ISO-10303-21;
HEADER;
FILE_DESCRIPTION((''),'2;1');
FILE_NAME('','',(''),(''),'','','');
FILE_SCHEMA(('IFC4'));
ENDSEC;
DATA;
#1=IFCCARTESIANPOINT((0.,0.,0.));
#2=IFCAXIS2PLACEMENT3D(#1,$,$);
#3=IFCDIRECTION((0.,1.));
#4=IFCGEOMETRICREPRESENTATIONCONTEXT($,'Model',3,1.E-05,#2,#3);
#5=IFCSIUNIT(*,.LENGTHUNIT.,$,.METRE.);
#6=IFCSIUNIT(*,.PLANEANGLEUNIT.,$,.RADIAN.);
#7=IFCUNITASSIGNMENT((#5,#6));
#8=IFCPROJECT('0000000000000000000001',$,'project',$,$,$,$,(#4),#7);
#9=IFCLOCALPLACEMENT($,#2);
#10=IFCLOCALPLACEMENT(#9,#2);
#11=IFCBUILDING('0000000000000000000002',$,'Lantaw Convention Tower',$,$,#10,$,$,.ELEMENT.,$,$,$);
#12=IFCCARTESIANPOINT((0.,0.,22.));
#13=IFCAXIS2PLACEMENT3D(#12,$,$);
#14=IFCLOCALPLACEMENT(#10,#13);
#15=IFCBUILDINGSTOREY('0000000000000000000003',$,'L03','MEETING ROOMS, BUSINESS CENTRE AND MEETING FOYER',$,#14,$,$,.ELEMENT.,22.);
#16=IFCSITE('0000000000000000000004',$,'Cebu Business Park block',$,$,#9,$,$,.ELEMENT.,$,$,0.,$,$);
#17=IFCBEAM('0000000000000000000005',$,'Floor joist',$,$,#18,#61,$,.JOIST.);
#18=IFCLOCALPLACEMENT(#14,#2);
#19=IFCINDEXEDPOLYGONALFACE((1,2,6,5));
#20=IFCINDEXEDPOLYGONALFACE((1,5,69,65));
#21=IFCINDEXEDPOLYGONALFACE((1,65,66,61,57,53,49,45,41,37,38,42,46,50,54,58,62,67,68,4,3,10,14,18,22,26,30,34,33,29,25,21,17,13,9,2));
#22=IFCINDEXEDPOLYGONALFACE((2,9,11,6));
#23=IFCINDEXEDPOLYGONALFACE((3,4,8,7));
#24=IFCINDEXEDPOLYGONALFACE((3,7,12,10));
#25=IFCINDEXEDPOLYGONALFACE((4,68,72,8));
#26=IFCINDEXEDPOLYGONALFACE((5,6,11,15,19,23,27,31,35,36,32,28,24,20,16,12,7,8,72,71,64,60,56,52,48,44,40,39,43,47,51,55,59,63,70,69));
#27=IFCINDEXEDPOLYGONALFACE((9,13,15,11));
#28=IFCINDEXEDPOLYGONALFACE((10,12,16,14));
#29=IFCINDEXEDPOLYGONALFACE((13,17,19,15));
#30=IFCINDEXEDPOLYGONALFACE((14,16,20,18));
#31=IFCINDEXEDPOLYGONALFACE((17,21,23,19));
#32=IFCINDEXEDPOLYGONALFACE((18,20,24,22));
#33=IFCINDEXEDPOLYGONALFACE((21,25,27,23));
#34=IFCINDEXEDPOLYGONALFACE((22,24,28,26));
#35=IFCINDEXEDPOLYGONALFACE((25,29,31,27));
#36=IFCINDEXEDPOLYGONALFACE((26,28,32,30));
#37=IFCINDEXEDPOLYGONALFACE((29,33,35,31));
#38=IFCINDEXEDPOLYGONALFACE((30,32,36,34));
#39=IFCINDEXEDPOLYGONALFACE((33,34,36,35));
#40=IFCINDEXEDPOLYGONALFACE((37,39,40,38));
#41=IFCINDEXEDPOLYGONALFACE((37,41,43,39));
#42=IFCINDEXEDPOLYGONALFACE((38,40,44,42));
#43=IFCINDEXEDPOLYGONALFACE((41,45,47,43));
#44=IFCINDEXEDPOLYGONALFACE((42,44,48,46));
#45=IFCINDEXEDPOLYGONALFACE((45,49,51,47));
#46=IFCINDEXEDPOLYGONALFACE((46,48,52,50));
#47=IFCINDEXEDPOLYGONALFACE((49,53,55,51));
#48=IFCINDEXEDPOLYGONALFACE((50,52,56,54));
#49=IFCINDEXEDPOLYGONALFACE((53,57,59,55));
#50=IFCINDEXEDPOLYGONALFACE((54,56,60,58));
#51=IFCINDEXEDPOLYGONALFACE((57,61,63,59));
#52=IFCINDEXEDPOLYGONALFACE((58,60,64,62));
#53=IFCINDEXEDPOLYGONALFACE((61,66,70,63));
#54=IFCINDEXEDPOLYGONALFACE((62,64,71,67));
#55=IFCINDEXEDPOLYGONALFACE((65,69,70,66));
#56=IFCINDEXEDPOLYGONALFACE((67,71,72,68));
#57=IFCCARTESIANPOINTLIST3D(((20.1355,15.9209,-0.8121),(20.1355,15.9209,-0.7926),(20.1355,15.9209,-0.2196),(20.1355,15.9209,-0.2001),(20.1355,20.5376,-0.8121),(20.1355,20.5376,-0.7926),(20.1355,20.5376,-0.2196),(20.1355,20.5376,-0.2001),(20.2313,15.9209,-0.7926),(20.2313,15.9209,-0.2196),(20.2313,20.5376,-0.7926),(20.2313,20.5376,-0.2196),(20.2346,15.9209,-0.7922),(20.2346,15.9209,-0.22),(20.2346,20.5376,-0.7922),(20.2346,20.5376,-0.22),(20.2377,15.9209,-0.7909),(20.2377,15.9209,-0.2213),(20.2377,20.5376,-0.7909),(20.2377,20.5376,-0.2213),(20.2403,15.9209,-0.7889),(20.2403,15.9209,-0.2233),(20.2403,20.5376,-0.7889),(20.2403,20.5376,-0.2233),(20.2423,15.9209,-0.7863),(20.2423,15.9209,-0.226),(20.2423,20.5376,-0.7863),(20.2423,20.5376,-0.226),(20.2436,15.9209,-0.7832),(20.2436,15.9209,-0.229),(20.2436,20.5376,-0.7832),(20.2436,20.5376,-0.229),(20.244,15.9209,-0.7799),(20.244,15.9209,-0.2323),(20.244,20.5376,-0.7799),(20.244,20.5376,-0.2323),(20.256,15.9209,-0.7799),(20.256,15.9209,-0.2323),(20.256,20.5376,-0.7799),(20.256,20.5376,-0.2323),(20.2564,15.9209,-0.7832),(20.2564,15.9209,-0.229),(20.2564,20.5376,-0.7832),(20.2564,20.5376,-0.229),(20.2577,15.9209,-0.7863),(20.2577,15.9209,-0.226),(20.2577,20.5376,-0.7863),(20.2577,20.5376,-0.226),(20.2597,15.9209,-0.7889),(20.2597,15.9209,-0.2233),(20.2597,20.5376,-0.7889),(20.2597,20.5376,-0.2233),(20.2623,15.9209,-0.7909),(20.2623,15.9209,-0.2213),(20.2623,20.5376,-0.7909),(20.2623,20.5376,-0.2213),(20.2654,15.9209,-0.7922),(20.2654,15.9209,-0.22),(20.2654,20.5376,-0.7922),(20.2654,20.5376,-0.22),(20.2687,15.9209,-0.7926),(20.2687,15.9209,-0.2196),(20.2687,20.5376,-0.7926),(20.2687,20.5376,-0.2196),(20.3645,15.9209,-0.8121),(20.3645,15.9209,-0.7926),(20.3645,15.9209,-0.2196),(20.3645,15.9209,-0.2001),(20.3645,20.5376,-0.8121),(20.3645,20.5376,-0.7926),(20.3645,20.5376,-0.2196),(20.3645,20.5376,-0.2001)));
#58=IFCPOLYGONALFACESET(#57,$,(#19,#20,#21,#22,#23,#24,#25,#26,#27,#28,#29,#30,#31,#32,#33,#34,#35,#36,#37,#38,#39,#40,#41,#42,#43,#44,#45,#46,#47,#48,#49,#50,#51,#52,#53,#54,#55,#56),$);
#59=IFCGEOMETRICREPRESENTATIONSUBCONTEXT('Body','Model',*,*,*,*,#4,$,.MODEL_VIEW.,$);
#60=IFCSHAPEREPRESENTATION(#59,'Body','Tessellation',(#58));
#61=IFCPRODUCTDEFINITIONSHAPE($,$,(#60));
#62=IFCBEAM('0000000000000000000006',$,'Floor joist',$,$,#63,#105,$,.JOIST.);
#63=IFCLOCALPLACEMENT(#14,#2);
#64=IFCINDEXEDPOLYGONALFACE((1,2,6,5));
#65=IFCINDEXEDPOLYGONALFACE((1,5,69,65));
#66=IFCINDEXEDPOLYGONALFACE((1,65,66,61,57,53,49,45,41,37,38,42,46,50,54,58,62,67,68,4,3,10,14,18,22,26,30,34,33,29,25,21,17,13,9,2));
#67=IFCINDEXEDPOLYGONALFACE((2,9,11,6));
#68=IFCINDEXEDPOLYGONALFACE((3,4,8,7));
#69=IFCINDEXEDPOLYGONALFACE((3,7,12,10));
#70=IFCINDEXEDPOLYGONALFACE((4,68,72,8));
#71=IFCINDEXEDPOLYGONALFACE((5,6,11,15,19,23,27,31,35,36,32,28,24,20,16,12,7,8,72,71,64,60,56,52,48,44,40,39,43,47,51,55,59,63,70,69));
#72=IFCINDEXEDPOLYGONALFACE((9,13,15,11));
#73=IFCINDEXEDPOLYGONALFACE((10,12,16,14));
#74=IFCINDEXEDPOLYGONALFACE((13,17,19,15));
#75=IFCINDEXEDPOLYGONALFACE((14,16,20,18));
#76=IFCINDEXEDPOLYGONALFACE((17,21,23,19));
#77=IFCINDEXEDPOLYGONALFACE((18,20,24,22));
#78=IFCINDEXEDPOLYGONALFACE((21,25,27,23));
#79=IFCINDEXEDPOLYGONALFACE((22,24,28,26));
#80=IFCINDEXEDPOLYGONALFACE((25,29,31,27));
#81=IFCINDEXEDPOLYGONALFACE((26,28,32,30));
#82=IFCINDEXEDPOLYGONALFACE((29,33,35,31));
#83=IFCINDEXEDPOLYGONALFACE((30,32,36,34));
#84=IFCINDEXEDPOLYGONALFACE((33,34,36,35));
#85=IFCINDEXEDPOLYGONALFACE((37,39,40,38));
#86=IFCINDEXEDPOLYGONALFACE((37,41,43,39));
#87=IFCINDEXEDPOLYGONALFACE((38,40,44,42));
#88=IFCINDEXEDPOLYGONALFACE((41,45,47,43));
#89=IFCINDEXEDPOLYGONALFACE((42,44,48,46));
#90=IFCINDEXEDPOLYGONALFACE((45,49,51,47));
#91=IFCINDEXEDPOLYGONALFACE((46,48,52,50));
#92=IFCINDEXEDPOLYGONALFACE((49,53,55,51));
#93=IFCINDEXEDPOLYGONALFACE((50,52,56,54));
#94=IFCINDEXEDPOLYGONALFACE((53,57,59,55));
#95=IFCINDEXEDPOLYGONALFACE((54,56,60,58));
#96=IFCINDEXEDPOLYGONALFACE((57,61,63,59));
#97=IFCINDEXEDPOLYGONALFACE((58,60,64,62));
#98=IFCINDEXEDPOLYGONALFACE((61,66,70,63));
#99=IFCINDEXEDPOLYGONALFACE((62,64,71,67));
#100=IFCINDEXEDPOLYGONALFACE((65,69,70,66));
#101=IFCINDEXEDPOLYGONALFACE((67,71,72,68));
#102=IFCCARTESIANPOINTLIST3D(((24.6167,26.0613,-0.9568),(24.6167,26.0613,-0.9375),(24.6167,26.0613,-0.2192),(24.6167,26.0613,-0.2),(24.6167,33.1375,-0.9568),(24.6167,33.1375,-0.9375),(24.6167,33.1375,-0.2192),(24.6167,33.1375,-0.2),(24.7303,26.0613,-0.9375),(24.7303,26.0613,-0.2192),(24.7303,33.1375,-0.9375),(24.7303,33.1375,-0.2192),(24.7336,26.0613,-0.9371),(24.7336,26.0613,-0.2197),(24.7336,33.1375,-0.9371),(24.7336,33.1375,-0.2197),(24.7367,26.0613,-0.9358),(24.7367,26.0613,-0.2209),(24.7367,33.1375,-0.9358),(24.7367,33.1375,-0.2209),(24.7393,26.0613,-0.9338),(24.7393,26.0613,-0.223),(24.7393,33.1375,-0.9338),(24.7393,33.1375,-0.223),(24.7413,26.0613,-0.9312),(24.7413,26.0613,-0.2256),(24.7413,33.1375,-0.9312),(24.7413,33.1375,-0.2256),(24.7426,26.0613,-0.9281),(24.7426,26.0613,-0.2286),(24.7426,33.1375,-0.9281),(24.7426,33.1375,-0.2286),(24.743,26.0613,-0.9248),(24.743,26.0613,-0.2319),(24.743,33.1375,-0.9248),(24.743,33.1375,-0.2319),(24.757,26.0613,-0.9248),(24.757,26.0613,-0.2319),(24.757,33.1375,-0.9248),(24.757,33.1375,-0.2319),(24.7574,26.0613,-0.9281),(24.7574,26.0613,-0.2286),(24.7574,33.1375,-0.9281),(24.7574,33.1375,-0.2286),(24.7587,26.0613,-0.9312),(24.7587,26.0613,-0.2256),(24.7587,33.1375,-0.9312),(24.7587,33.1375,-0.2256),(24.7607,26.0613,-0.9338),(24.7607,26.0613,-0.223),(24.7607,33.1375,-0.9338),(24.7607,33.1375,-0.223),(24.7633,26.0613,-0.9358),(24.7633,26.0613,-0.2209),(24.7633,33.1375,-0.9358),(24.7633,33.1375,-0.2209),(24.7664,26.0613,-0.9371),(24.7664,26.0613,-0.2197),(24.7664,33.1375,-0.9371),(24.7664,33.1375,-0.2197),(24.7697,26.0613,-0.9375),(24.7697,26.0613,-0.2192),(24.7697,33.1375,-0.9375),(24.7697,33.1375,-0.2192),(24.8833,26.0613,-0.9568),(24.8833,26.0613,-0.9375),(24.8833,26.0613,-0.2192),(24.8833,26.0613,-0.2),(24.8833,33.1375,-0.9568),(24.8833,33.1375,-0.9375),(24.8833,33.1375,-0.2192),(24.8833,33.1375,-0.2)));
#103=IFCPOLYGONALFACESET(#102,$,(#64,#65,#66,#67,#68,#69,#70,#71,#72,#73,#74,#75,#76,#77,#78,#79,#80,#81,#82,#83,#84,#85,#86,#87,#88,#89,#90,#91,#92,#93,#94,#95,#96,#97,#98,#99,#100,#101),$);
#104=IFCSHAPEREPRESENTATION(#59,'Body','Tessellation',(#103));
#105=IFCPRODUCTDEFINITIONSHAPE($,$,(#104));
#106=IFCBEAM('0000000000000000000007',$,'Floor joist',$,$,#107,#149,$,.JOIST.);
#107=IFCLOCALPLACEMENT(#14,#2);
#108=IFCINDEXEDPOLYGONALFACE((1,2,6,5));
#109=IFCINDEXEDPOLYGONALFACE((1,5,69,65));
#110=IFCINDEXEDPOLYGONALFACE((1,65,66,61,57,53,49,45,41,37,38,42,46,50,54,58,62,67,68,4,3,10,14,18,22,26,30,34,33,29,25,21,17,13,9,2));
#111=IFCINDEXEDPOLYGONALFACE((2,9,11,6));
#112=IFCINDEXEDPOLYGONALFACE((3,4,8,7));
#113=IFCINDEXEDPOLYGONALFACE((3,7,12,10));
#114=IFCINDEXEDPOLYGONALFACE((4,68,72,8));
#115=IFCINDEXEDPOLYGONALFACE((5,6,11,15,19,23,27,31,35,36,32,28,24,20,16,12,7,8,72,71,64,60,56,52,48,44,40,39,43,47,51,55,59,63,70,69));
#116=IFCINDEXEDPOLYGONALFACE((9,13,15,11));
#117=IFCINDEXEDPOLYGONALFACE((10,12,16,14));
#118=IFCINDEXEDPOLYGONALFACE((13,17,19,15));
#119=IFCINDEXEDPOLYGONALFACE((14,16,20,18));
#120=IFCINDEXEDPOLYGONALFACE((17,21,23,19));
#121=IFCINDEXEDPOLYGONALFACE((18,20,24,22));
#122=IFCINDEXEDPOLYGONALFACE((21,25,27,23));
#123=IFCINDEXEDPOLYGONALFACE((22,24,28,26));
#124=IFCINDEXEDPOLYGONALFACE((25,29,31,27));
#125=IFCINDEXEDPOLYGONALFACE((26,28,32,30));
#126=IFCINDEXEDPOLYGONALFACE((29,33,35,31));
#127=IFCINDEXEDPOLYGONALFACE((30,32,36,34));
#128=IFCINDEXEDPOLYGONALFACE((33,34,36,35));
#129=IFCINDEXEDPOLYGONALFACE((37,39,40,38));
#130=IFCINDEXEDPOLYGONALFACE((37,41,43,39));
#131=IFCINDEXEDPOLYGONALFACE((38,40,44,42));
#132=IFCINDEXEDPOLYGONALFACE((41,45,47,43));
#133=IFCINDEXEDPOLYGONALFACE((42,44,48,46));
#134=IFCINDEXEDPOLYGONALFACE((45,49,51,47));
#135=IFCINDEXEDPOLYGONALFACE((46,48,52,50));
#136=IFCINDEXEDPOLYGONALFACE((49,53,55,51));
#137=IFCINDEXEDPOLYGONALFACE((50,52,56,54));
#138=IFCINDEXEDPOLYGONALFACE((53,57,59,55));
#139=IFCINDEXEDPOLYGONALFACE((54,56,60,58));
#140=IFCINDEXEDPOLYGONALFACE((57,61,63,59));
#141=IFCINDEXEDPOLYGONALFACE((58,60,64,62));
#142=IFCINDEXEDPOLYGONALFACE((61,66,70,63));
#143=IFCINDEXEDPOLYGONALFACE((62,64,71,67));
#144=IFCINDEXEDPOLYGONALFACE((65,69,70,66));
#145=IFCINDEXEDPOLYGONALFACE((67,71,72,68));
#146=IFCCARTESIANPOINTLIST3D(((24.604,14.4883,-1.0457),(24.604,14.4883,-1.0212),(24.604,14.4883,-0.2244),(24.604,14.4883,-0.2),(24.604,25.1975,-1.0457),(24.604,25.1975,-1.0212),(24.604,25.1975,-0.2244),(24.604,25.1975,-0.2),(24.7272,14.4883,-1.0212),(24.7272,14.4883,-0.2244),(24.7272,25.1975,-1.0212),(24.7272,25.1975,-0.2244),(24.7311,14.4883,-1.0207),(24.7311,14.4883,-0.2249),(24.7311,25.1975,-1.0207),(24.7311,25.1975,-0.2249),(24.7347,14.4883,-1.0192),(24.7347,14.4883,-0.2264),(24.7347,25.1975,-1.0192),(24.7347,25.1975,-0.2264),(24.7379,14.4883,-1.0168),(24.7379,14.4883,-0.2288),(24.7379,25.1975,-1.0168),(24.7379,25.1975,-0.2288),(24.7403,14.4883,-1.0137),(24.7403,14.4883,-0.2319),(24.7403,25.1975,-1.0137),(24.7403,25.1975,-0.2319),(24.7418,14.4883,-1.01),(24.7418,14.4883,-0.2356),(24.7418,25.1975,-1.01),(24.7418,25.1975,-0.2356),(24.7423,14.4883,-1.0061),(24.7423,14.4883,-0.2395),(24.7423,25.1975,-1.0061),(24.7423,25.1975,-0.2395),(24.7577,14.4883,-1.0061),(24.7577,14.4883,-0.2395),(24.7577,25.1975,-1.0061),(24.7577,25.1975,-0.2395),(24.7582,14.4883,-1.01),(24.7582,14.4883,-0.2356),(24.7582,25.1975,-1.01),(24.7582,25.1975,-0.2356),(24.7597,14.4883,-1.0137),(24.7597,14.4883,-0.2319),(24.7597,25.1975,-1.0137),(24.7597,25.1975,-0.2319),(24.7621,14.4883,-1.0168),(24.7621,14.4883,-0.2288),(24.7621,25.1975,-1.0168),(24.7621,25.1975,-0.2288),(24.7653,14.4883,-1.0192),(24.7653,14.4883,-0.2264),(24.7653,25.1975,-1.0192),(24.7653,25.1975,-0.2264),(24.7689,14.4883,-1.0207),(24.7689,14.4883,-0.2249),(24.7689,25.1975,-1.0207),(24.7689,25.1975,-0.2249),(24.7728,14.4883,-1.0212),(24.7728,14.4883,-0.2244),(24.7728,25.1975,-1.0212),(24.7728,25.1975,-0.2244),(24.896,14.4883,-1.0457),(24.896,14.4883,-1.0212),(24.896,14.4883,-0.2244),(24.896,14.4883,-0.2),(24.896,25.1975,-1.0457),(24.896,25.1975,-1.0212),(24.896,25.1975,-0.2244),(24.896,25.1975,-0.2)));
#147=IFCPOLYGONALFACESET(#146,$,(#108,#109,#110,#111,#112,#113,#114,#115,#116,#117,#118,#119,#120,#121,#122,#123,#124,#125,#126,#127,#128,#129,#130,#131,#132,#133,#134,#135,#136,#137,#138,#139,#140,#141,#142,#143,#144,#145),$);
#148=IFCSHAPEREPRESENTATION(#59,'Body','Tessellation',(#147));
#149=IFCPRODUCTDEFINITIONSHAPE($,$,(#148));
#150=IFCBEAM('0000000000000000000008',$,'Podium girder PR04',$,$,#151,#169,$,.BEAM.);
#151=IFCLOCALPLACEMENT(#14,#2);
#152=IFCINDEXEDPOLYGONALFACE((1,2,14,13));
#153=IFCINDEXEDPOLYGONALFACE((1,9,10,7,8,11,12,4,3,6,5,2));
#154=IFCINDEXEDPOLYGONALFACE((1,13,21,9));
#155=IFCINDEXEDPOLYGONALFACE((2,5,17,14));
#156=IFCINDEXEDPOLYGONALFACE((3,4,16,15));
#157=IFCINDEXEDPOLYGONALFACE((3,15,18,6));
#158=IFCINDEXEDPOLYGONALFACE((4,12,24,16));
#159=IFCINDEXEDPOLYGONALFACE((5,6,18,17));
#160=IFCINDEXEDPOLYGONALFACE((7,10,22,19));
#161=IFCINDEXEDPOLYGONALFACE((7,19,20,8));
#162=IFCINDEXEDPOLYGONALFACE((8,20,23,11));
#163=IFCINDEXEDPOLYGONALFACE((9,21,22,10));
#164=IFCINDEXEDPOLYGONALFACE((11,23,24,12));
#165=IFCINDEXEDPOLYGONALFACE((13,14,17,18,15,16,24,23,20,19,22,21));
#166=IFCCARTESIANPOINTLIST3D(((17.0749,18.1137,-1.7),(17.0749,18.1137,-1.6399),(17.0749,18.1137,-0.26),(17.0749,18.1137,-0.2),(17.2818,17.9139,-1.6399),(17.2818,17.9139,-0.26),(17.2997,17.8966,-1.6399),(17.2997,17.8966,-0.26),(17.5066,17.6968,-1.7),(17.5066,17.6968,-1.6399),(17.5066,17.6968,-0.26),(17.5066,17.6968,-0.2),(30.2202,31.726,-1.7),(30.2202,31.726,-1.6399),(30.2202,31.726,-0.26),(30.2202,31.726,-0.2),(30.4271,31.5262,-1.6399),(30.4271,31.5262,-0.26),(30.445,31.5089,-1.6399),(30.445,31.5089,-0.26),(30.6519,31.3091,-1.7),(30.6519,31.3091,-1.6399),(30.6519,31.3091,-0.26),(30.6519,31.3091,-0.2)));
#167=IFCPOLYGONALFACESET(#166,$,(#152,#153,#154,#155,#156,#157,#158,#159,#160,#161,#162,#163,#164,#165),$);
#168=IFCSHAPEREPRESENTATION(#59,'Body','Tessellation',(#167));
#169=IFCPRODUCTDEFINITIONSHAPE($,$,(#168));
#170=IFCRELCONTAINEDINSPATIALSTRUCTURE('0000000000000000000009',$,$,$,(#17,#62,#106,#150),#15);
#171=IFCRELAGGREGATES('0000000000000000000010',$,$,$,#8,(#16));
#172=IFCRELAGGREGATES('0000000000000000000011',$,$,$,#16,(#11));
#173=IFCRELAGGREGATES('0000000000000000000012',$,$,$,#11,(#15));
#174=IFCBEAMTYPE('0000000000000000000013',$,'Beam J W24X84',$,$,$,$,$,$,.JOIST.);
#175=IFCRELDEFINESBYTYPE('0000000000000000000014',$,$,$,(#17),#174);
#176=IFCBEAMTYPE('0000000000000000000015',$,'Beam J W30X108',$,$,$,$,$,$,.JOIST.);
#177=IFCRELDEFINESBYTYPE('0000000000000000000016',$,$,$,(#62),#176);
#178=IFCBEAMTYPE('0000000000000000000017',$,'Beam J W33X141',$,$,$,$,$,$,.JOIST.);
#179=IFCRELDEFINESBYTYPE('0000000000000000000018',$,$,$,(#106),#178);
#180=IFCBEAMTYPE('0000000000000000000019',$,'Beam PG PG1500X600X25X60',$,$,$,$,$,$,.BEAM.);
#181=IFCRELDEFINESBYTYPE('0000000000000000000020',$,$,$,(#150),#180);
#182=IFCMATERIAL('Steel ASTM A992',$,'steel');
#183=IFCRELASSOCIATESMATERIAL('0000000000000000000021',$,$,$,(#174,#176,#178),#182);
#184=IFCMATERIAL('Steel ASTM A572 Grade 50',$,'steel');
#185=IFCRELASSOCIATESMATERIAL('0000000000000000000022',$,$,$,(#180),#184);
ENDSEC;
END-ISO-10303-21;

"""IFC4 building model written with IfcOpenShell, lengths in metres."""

from ifc_helpers import new_model, si_unit, direction, frame, origin, origin_2d, place, context, subcontext, project, spatial, i_section, extrude, material, material_profile, profile_set, type_object, element, save


model = new_model("IFC4")

# Units and contexts
model_context = context("Model", 3, precision=1e-05, world=origin(), true_north=direction((0.0, 1.0)))
body_context = subcontext(model_context, "Body", "Model", "MODEL_VIEW")
ifc_project = project(units=[si_unit("LENGTHUNIT", "METRE"), si_unit("PLANEANGLEUNIT", "RADIAN")], contexts=[model_context])

# Site, building, storey
site_placement = place(None, origin())
site = spatial("IfcSite", under=ifc_project, at=site_placement, Name="Cebu Business Park block", CompositionType="ELEMENT", RefElevation=0.0)
building_placement = place(site_placement, origin())
building = spatial("IfcBuilding", under=site, at=building_placement, Name="Lantaw Convention Tower", CompositionType="ELEMENT")
storey_placement = place(building_placement, frame((0.0, 0.0, 22.0)))
storey = spatial("IfcBuildingStorey", under=building, at=storey_placement, Name="L03", Description="MEETING ROOMS, BUSINESS CENTRE AND MEETING FOYER", CompositionType="ELEMENT", Elevation=22.0)

# Shared definitions
ifc_material_1 = material(Name="Steel ASTM A572 Grade 50", Category="steel")

# Beams
ifc_material_2 = material(Name="Steel ASTM A992", Category="steel")
ifc_material_profile_1 = material_profile(ifc_material_2, i_section(OverallWidth=0.229, OverallDepth=0.6121, WebThickness=0.012, FlangeThickness=0.0195, FilletRadius=0.0127, at=origin_2d()), Name="W24X84")
ifc_profile_set_1 = profile_set([ifc_material_profile_1], Name="Steel ASTM A992")
beam_type_1 = type_object("IfcBeamType", Name="Beam J W24X84", PredefinedType="JOIST", material=ifc_profile_set_1)
beam_1_placement = place(storey_placement, frame((20.25, 15.9209, -0.5061), z_axis=(0.0, 1.0, 0.0), x_axis=(-1.0, 0.0, 0.0)))
element("IfcBeam", 1, at=beam_1_placement, inside=storey, type_object=beam_type_1, Name="Floor joist", PredefinedType="JOIST", context=body_context, shape_type="SweptSolid", body=[
    extrude(i_section(OverallWidth=0.229, OverallDepth=0.6121, WebThickness=0.012, FlangeThickness=0.0195, FilletRadius=0.0127, at=origin_2d()), origin(), (0.0, 0.0, 1.0), 4.6167),
])
ifc_material_profile_2 = material_profile(ifc_material_2, i_section(OverallWidth=0.2666, OverallDepth=0.7568, WebThickness=0.0139, FlangeThickness=0.0193, FilletRadius=0.0127, at=origin_2d()), Name="W30X108")
ifc_profile_set_2 = profile_set([ifc_material_profile_2], Name="Steel ASTM A992")
beam_type_2 = type_object("IfcBeamType", Name="Beam J W30X108", PredefinedType="JOIST", material=ifc_profile_set_2)
beam_2_placement = place(storey_placement, frame((24.75, 26.0613, -0.5784), z_axis=(0.0, 1.0, 0.0), x_axis=(-1.0, 0.0, 0.0)))
element("IfcBeam", 2, at=beam_2_placement, inside=storey, type_object=beam_type_2, Name="Floor joist", PredefinedType="JOIST", context=body_context, shape_type="SweptSolid", body=[
    extrude(i_section(OverallWidth=0.2666, OverallDepth=0.7568, WebThickness=0.0139, FlangeThickness=0.0193, FilletRadius=0.0127, at=origin_2d()), origin(), (0.0, 0.0, 1.0), 7.0762),
])
ifc_material_profile_3 = material_profile(ifc_material_2, i_section(OverallWidth=0.292, OverallDepth=0.8457, WebThickness=0.0154, FlangeThickness=0.0244, FilletRadius=0.0151, at=origin_2d()), Name="W33X141")
ifc_profile_set_3 = profile_set([ifc_material_profile_3], Name="Steel ASTM A992")
beam_type_3 = type_object("IfcBeamType", Name="Beam J W33X141", PredefinedType="JOIST", material=ifc_profile_set_3)
beam_3_placement = place(storey_placement, frame((24.75, 14.4883, -0.6228), z_axis=(0.0, 1.0, 0.0), x_axis=(-1.0, 0.0, 0.0)))
element("IfcBeam", 3, at=beam_3_placement, inside=storey, type_object=beam_type_3, Name="Floor joist", PredefinedType="JOIST", context=body_context, shape_type="SweptSolid", body=[
    extrude(i_section(OverallWidth=0.292, OverallDepth=0.8457, WebThickness=0.0154, FlangeThickness=0.0244, FilletRadius=0.0151, at=origin_2d()), origin(), (0.0, 0.0, 1.0), 10.7092),
])
ifc_material_profile_4 = material_profile(ifc_material_1, i_section(OverallWidth=0.6001, OverallDepth=1.5, WebThickness=0.0249, FlangeThickness=0.0601, at=origin_2d()), Name="PG1500X600X25X60")
ifc_profile_set_4 = profile_set([ifc_material_profile_4], Name="Steel ASTM A572 Grade 50")
beam_type_4 = type_object("IfcBeamType", Name="Beam PG PG1500X600X25X60", PredefinedType="BEAM", material=ifc_profile_set_4)
beam_4_placement = place(storey_placement, frame((17.2908, 17.9053, -0.95), z_axis=(0.694659, 0.719339, 0.0), x_axis=(-0.719339, 0.694659, 0.0)))
element("IfcBeam", 4, at=beam_4_placement, inside=storey, type_object=beam_type_4, Name="Podium girder PR04", PredefinedType="BEAM", context=body_context, shape_type="SweptSolid", body=[
    extrude(i_section(OverallWidth=0.6001, OverallDepth=1.5, WebThickness=0.0249, FlangeThickness=0.0601, at=origin_2d()), origin(), (0.0, 0.0, 1.0), 18.9233),
])

save(model, "model.ifc")
